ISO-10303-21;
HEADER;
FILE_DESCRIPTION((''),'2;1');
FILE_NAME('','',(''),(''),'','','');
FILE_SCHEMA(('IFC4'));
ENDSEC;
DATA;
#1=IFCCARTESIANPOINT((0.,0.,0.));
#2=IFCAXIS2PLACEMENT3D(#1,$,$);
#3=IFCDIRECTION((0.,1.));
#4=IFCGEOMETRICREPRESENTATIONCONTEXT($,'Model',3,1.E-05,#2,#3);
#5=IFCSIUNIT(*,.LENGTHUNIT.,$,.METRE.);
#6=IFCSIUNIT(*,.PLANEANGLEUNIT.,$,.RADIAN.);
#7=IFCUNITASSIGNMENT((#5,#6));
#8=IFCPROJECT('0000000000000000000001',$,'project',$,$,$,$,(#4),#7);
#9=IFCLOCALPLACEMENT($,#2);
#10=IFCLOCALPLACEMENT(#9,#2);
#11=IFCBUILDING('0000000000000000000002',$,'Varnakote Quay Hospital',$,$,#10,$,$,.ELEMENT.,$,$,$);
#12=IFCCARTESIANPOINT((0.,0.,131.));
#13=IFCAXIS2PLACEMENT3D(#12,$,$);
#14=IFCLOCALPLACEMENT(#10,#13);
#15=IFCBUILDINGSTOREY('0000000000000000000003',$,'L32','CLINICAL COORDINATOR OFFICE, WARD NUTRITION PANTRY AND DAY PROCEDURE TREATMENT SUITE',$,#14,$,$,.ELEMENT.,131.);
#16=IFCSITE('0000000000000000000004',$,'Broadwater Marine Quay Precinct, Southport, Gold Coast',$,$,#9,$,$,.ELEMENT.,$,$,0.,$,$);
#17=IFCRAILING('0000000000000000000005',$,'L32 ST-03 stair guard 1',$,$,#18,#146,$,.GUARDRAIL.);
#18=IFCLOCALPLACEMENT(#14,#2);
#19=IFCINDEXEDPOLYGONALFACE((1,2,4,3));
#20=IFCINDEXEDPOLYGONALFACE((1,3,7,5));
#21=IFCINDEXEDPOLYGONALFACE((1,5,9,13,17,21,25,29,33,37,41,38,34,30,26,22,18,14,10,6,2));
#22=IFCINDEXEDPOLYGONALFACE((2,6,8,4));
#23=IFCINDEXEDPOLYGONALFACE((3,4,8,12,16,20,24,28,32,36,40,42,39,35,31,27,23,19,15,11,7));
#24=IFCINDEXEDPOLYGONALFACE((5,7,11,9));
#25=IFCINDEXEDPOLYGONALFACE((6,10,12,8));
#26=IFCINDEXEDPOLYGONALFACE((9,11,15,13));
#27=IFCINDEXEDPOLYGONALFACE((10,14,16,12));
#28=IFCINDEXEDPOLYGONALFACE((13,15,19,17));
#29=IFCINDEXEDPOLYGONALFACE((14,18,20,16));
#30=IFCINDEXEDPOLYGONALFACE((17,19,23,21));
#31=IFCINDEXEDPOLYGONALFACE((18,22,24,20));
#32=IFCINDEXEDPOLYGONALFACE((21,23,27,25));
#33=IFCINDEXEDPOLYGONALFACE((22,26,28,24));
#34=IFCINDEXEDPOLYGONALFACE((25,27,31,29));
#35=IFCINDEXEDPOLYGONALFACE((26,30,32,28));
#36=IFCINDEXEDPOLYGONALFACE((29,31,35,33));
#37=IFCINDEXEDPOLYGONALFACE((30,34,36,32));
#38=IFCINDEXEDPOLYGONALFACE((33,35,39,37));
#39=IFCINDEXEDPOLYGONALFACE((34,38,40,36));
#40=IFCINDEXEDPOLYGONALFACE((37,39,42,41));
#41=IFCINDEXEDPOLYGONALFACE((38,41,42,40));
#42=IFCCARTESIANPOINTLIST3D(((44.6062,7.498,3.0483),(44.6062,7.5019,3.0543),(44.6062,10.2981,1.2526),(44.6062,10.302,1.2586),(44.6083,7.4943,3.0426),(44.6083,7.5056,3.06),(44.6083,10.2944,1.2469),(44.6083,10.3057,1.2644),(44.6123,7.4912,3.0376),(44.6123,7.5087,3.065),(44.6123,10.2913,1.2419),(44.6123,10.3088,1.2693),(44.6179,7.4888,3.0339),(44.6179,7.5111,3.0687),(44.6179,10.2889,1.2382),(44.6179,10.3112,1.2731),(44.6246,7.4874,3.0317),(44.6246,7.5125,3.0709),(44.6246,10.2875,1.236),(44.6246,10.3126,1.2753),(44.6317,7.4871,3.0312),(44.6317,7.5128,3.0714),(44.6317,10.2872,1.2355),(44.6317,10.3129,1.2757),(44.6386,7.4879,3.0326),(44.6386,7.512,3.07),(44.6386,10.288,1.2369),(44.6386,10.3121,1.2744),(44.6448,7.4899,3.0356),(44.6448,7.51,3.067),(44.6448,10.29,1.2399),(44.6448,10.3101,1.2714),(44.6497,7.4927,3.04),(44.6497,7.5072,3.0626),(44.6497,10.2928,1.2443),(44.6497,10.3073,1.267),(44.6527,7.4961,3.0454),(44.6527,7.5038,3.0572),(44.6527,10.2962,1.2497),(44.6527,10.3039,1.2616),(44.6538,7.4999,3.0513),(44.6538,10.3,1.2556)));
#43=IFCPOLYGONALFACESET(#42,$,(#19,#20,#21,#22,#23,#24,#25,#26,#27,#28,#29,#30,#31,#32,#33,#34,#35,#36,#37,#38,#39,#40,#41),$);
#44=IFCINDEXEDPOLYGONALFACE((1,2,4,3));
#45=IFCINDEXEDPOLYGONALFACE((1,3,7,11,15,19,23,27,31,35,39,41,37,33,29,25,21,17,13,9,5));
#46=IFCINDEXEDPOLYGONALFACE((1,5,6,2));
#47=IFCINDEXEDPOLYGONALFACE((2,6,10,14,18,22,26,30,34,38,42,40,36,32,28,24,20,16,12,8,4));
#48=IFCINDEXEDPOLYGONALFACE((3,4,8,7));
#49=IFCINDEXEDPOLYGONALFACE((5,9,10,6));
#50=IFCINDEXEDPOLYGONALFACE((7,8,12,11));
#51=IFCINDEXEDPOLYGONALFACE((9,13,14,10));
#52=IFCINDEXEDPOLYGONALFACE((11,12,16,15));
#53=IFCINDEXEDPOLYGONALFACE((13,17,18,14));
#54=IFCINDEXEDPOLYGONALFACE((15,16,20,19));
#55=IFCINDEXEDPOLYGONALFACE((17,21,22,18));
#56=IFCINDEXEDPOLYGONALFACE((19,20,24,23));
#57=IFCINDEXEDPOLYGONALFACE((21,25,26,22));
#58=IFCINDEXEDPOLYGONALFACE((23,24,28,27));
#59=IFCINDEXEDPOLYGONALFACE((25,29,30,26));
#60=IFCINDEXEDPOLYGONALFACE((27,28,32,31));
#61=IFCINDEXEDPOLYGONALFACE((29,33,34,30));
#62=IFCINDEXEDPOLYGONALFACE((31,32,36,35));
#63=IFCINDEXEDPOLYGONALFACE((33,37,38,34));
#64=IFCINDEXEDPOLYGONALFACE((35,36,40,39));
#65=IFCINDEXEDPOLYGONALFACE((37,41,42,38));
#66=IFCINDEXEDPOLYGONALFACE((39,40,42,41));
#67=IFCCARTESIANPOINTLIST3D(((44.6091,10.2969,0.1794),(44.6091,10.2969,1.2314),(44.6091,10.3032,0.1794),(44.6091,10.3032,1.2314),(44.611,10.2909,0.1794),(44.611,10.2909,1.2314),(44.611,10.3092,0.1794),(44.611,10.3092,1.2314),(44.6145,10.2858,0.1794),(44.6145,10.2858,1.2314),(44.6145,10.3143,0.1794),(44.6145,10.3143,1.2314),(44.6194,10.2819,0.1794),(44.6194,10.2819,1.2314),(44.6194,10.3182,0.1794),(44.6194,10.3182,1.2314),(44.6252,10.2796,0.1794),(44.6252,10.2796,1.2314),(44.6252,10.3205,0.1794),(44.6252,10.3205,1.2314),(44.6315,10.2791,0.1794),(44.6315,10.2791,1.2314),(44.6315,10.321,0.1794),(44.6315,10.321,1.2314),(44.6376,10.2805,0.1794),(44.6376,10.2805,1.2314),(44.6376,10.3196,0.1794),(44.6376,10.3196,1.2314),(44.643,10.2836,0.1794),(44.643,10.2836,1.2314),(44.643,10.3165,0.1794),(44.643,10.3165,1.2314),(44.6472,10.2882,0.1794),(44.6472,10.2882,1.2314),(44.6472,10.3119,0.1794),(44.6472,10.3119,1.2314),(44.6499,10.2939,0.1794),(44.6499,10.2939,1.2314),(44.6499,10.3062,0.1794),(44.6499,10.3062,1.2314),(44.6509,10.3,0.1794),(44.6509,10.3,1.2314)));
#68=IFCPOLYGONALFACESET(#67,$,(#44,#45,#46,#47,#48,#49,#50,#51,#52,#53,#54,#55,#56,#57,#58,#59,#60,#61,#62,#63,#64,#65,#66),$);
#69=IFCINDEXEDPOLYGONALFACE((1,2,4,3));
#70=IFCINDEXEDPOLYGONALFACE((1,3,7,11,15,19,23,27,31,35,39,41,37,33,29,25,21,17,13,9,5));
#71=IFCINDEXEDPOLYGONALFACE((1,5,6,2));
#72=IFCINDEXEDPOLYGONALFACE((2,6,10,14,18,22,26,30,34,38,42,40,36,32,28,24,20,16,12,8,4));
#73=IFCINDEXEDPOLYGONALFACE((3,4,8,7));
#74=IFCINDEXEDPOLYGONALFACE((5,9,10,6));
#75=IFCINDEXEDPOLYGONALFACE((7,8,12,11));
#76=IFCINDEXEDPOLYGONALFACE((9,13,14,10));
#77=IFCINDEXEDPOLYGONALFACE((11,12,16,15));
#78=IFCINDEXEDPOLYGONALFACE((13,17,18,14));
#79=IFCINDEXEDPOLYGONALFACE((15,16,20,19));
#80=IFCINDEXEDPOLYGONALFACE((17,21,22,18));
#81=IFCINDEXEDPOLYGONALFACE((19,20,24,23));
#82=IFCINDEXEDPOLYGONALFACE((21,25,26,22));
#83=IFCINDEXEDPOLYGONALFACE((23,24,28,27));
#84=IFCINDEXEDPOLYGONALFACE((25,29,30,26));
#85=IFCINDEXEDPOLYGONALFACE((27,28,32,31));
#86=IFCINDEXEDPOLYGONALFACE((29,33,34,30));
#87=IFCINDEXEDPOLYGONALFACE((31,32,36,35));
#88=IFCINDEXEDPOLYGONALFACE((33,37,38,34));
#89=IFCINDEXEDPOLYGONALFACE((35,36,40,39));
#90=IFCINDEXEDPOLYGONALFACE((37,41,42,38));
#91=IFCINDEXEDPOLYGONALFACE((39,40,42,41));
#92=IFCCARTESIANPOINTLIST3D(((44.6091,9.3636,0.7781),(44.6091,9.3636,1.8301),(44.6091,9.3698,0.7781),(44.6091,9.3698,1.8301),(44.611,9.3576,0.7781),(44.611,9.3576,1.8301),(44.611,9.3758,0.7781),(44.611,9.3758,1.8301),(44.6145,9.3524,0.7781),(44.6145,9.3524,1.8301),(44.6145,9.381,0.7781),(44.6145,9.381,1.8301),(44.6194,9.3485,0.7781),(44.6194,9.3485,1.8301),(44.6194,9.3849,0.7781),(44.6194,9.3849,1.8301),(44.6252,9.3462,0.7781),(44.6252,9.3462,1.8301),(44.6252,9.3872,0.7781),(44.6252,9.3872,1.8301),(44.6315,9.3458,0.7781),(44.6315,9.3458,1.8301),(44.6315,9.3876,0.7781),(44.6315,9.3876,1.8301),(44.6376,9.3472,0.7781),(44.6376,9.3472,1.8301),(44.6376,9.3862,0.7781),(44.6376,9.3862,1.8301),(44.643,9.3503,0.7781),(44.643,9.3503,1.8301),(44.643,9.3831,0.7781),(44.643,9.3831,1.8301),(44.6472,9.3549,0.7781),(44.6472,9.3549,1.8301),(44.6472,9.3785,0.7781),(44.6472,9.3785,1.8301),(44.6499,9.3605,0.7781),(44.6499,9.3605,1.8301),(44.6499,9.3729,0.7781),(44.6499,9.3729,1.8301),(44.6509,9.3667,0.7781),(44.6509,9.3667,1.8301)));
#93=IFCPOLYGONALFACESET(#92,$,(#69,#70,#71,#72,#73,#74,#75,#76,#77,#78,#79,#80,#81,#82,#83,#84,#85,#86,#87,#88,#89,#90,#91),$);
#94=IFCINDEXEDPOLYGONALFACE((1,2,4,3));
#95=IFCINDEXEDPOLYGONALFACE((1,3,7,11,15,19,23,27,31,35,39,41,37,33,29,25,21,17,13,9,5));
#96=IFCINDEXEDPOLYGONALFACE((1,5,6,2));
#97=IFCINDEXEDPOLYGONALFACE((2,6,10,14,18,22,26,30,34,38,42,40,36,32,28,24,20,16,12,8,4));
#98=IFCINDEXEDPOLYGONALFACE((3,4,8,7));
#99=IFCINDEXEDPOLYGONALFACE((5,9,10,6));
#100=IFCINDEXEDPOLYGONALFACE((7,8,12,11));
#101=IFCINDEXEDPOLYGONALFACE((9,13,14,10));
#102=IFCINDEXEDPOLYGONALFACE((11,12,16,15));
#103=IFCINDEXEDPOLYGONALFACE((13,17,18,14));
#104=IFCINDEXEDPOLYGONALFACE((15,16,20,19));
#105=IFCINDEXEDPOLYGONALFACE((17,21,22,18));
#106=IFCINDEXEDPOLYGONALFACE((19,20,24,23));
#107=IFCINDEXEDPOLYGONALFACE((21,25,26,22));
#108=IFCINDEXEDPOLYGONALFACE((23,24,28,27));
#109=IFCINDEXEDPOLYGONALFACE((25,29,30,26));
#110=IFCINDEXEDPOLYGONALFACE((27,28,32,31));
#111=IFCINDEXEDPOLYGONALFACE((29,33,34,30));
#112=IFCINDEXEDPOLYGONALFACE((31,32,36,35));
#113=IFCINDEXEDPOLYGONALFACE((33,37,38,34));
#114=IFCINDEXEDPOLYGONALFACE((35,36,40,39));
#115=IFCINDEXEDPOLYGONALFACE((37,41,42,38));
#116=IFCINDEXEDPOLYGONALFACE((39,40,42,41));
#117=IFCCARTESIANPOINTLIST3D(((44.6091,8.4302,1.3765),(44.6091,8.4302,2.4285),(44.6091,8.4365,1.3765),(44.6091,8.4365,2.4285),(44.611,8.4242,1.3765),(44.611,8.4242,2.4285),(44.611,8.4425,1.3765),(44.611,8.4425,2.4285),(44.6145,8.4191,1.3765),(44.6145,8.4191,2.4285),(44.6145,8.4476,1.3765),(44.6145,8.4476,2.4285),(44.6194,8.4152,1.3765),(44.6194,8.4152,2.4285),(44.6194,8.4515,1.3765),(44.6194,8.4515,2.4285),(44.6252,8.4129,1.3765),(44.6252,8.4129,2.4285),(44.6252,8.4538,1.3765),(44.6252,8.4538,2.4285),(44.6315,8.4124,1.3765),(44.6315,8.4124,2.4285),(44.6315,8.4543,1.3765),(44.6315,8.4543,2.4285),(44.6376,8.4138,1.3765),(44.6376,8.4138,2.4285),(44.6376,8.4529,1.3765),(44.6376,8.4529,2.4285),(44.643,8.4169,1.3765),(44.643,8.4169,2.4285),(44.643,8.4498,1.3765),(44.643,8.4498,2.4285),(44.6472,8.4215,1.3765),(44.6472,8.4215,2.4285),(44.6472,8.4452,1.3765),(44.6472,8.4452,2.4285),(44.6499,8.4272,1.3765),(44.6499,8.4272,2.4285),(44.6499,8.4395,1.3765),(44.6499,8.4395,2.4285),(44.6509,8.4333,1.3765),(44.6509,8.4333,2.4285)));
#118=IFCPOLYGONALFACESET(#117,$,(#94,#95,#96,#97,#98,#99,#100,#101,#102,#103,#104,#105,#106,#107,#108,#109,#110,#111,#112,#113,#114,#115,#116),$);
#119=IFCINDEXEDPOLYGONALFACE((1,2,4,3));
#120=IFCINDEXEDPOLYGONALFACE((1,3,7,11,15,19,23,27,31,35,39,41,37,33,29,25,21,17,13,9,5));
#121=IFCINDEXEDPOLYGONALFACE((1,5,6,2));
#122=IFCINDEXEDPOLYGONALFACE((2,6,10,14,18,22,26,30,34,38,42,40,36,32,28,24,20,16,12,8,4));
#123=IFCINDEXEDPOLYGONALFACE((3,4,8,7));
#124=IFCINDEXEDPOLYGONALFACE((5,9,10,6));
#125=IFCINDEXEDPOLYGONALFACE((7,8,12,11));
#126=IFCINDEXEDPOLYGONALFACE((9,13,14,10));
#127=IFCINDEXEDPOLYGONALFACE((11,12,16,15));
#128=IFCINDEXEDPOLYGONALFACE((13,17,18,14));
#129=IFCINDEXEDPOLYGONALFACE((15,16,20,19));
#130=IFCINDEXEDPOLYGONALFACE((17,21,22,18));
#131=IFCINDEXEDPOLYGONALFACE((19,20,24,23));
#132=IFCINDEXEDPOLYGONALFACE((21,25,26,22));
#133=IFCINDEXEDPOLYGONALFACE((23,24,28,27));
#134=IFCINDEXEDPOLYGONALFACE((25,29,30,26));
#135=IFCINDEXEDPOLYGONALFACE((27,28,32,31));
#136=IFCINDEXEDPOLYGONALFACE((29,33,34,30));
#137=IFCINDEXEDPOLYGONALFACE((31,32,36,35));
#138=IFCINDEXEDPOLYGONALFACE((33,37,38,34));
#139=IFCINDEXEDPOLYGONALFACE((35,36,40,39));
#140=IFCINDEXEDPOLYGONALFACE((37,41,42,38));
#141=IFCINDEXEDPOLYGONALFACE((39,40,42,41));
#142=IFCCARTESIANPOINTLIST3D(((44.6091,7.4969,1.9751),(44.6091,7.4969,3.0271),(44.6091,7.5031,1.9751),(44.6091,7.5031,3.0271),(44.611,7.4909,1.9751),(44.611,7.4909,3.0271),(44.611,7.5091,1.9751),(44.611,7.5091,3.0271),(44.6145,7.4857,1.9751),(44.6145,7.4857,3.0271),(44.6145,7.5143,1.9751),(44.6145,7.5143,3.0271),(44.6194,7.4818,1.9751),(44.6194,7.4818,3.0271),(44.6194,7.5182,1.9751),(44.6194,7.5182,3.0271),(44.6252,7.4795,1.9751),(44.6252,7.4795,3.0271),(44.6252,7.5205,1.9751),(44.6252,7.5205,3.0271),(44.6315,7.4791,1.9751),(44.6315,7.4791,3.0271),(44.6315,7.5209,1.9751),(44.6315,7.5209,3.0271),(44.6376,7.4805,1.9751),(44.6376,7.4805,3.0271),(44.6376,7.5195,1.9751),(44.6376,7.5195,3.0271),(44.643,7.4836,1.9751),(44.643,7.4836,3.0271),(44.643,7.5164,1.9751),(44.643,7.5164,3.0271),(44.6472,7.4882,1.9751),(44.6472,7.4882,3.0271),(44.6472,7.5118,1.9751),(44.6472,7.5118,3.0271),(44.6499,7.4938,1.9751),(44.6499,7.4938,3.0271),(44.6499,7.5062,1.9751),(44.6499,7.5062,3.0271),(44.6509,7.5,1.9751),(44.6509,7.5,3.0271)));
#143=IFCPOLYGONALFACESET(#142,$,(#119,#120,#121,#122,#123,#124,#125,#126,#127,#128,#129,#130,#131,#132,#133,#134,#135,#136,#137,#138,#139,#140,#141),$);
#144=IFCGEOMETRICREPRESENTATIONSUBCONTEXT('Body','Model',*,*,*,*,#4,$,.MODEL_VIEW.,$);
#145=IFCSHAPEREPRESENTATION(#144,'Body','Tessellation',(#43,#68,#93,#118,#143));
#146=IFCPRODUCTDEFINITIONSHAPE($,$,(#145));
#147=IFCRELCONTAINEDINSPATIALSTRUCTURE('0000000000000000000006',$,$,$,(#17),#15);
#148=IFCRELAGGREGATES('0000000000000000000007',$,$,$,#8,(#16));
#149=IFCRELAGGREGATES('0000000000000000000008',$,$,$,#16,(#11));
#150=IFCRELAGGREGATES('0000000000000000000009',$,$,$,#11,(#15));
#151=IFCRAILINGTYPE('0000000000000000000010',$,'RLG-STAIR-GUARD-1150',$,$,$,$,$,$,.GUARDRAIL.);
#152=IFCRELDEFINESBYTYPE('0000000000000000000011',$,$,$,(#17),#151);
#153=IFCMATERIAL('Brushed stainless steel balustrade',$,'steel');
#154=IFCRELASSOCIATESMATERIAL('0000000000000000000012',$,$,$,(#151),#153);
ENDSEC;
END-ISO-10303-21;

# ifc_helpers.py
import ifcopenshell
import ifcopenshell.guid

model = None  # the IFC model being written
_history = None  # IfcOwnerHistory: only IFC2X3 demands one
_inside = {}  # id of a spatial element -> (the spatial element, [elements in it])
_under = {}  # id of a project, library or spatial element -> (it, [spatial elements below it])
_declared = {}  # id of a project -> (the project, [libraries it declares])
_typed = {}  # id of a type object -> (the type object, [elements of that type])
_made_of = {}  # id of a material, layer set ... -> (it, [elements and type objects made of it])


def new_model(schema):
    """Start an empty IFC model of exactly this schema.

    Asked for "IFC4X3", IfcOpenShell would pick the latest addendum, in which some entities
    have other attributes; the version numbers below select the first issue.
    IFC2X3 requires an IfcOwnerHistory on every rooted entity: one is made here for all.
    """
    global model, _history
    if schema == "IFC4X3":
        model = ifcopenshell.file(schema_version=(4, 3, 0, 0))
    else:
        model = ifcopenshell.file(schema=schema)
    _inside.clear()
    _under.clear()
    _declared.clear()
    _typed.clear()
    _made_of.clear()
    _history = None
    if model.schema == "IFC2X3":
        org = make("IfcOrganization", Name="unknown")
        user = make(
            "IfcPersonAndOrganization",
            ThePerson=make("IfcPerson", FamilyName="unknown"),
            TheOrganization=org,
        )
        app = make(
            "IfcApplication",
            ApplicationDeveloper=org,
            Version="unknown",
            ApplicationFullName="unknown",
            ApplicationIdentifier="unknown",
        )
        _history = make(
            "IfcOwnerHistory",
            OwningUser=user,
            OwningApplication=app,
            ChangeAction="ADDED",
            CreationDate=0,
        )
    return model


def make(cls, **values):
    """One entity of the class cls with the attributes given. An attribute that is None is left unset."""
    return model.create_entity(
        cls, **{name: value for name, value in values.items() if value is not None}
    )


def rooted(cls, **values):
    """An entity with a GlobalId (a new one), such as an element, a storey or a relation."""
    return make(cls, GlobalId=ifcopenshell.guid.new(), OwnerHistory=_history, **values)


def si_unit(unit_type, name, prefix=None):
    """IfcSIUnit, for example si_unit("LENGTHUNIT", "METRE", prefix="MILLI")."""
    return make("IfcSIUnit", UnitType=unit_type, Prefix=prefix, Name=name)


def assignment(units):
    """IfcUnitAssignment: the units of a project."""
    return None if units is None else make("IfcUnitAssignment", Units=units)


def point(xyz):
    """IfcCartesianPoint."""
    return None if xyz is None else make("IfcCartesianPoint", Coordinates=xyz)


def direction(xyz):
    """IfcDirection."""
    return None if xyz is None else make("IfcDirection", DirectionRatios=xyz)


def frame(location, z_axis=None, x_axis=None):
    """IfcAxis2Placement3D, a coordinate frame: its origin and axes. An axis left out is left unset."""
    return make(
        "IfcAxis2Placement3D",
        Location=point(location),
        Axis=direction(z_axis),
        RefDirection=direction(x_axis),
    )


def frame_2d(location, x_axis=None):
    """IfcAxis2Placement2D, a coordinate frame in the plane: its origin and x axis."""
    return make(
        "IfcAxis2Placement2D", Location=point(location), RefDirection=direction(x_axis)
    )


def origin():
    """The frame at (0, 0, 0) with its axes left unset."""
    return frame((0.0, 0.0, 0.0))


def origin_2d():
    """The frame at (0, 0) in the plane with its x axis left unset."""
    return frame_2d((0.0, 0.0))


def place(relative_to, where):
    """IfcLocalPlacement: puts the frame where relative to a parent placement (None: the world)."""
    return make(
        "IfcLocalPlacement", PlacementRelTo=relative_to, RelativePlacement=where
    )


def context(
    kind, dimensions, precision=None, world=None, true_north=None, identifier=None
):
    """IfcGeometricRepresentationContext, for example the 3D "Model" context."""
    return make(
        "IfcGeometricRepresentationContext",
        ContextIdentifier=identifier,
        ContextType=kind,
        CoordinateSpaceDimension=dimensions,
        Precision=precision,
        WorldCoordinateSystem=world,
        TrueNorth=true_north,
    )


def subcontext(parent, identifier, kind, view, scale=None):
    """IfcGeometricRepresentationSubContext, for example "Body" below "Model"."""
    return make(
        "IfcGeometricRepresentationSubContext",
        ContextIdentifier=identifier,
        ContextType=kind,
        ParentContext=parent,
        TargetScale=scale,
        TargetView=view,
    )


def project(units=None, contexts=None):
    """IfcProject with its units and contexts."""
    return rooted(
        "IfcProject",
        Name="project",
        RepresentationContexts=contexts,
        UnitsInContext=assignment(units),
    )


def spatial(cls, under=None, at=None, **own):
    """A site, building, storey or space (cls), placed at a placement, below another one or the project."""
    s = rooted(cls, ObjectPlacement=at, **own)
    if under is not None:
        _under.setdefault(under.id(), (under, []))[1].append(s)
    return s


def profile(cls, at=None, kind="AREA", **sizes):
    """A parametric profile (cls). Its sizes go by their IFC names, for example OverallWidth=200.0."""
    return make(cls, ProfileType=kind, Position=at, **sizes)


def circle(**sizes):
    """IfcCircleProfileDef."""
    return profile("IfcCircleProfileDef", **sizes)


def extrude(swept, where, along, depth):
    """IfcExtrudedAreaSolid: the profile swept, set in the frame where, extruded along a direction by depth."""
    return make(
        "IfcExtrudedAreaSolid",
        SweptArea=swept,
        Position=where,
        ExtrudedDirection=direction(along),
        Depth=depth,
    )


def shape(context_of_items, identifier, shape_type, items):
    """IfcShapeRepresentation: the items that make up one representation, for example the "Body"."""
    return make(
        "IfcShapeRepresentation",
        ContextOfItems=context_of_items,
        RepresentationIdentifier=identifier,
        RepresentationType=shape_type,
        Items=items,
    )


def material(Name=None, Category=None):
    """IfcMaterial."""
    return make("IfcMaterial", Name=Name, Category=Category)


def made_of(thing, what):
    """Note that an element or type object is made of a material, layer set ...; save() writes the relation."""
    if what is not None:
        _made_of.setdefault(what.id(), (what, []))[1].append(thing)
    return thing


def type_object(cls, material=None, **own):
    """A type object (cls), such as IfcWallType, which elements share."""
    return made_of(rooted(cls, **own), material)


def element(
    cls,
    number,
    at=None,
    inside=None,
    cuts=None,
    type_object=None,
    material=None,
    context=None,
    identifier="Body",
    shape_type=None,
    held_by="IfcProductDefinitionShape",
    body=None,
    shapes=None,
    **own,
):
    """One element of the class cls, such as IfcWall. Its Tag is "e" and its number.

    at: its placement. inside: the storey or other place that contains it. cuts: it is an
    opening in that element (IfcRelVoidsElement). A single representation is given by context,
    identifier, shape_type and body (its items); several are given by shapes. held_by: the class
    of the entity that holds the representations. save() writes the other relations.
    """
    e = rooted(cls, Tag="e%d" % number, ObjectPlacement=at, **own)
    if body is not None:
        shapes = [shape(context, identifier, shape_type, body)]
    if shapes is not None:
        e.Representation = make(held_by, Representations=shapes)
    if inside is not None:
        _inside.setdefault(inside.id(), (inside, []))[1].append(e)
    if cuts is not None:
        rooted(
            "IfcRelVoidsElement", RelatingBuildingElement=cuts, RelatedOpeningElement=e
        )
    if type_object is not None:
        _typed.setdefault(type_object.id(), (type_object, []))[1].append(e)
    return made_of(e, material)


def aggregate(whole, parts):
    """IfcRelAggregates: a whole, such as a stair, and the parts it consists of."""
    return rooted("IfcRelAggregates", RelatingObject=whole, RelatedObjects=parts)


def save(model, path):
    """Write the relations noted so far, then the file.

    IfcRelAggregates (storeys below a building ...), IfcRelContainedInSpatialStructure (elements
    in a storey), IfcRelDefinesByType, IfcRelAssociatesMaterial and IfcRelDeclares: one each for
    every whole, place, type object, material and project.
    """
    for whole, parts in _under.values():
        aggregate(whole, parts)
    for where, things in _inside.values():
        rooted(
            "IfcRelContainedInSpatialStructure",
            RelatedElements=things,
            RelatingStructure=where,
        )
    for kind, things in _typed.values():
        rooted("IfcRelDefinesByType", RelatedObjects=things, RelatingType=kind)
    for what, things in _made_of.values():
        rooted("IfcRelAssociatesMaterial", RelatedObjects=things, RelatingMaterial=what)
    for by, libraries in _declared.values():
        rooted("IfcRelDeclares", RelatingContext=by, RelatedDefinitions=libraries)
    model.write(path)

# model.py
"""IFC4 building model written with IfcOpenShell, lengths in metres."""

from ifc_helpers import new_model, si_unit, direction, frame, origin, origin_2d, place, context, subcontext, project, spatial, circle, extrude, material, type_object, element, save


model = new_model("IFC4")

# Units and contexts
model_context = context("Model", 3, precision=1e-05, world=origin(), true_north=direction((0.0, 1.0)))
body_context = subcontext(model_context, "Body", "Model", "MODEL_VIEW")
ifc_project = project(units=[si_unit("LENGTHUNIT", "METRE"), si_unit("PLANEANGLEUNIT", "RADIAN")], contexts=[model_context])

# Site, building, storey
site_placement = place(None, origin())
site = spatial("IfcSite", under=ifc_project, at=site_placement, Name="Broadwater Marine Quay Precinct, Southport, Gold Coast", CompositionType="ELEMENT", RefElevation=0.0)
building_placement = place(site_placement, origin())
building = spatial("IfcBuilding", under=site, at=building_placement, Name="Varnakote Quay Hospital", CompositionType="ELEMENT")
storey_placement = place(building_placement, frame((0.0, 0.0, 131.0)))
storey = spatial("IfcBuildingStorey", under=building, at=storey_placement, Name="L32", Description="CLINICAL COORDINATOR OFFICE, WARD NUTRITION PANTRY AND DAY PROCEDURE TREATMENT SUITE", CompositionType="ELEMENT", Elevation=131.0)

# Railing
ifc_material_1 = material(Name="Brushed stainless steel balustrade", Category="steel")
railing_type_1 = type_object("IfcRailingType", Name="RLG-STAIR-GUARD-1150", PredefinedType="GUARDRAIL", material=ifc_material_1)
railing_1_placement = place(storey_placement, frame((44.6299, 10.3, 0.1794)))
element("IfcRailing", 1, at=railing_1_placement, inside=storey, type_object=railing_type_1, Name="L32 ST-03 stair guard 1", PredefinedType="GUARDRAIL", context=body_context, shape_type="SweptSolid", body=[
    extrude(circle(Radius=0.0239, at=origin_2d()), frame((0.0, 0.0, 1.0762), z_axis=(0.0, -0.841777, 0.539826), x_axis=(1.0, 0.0, 0.0)), (0.0, 0.0, 1.0), 3.3264),
    extrude(circle(Radius=0.021, at=origin_2d()), origin(), (0.0, 0.0, 1.0), 1.052),
    extrude(circle(Radius=0.021, at=origin_2d()), frame((0.0, -0.9333, 0.5986)), (0.0, 0.0, 1.0), 1.052),
    extrude(circle(Radius=0.021, at=origin_2d()), frame((0.0, -1.8667, 1.197)), (0.0, 0.0, 1.0), 1.052),
    extrude(circle(Radius=0.021, at=origin_2d()), frame((0.0, -2.8, 1.7957)), (0.0, 0.0, 1.0), 1.052),
])

save(model, "model.ifc")
